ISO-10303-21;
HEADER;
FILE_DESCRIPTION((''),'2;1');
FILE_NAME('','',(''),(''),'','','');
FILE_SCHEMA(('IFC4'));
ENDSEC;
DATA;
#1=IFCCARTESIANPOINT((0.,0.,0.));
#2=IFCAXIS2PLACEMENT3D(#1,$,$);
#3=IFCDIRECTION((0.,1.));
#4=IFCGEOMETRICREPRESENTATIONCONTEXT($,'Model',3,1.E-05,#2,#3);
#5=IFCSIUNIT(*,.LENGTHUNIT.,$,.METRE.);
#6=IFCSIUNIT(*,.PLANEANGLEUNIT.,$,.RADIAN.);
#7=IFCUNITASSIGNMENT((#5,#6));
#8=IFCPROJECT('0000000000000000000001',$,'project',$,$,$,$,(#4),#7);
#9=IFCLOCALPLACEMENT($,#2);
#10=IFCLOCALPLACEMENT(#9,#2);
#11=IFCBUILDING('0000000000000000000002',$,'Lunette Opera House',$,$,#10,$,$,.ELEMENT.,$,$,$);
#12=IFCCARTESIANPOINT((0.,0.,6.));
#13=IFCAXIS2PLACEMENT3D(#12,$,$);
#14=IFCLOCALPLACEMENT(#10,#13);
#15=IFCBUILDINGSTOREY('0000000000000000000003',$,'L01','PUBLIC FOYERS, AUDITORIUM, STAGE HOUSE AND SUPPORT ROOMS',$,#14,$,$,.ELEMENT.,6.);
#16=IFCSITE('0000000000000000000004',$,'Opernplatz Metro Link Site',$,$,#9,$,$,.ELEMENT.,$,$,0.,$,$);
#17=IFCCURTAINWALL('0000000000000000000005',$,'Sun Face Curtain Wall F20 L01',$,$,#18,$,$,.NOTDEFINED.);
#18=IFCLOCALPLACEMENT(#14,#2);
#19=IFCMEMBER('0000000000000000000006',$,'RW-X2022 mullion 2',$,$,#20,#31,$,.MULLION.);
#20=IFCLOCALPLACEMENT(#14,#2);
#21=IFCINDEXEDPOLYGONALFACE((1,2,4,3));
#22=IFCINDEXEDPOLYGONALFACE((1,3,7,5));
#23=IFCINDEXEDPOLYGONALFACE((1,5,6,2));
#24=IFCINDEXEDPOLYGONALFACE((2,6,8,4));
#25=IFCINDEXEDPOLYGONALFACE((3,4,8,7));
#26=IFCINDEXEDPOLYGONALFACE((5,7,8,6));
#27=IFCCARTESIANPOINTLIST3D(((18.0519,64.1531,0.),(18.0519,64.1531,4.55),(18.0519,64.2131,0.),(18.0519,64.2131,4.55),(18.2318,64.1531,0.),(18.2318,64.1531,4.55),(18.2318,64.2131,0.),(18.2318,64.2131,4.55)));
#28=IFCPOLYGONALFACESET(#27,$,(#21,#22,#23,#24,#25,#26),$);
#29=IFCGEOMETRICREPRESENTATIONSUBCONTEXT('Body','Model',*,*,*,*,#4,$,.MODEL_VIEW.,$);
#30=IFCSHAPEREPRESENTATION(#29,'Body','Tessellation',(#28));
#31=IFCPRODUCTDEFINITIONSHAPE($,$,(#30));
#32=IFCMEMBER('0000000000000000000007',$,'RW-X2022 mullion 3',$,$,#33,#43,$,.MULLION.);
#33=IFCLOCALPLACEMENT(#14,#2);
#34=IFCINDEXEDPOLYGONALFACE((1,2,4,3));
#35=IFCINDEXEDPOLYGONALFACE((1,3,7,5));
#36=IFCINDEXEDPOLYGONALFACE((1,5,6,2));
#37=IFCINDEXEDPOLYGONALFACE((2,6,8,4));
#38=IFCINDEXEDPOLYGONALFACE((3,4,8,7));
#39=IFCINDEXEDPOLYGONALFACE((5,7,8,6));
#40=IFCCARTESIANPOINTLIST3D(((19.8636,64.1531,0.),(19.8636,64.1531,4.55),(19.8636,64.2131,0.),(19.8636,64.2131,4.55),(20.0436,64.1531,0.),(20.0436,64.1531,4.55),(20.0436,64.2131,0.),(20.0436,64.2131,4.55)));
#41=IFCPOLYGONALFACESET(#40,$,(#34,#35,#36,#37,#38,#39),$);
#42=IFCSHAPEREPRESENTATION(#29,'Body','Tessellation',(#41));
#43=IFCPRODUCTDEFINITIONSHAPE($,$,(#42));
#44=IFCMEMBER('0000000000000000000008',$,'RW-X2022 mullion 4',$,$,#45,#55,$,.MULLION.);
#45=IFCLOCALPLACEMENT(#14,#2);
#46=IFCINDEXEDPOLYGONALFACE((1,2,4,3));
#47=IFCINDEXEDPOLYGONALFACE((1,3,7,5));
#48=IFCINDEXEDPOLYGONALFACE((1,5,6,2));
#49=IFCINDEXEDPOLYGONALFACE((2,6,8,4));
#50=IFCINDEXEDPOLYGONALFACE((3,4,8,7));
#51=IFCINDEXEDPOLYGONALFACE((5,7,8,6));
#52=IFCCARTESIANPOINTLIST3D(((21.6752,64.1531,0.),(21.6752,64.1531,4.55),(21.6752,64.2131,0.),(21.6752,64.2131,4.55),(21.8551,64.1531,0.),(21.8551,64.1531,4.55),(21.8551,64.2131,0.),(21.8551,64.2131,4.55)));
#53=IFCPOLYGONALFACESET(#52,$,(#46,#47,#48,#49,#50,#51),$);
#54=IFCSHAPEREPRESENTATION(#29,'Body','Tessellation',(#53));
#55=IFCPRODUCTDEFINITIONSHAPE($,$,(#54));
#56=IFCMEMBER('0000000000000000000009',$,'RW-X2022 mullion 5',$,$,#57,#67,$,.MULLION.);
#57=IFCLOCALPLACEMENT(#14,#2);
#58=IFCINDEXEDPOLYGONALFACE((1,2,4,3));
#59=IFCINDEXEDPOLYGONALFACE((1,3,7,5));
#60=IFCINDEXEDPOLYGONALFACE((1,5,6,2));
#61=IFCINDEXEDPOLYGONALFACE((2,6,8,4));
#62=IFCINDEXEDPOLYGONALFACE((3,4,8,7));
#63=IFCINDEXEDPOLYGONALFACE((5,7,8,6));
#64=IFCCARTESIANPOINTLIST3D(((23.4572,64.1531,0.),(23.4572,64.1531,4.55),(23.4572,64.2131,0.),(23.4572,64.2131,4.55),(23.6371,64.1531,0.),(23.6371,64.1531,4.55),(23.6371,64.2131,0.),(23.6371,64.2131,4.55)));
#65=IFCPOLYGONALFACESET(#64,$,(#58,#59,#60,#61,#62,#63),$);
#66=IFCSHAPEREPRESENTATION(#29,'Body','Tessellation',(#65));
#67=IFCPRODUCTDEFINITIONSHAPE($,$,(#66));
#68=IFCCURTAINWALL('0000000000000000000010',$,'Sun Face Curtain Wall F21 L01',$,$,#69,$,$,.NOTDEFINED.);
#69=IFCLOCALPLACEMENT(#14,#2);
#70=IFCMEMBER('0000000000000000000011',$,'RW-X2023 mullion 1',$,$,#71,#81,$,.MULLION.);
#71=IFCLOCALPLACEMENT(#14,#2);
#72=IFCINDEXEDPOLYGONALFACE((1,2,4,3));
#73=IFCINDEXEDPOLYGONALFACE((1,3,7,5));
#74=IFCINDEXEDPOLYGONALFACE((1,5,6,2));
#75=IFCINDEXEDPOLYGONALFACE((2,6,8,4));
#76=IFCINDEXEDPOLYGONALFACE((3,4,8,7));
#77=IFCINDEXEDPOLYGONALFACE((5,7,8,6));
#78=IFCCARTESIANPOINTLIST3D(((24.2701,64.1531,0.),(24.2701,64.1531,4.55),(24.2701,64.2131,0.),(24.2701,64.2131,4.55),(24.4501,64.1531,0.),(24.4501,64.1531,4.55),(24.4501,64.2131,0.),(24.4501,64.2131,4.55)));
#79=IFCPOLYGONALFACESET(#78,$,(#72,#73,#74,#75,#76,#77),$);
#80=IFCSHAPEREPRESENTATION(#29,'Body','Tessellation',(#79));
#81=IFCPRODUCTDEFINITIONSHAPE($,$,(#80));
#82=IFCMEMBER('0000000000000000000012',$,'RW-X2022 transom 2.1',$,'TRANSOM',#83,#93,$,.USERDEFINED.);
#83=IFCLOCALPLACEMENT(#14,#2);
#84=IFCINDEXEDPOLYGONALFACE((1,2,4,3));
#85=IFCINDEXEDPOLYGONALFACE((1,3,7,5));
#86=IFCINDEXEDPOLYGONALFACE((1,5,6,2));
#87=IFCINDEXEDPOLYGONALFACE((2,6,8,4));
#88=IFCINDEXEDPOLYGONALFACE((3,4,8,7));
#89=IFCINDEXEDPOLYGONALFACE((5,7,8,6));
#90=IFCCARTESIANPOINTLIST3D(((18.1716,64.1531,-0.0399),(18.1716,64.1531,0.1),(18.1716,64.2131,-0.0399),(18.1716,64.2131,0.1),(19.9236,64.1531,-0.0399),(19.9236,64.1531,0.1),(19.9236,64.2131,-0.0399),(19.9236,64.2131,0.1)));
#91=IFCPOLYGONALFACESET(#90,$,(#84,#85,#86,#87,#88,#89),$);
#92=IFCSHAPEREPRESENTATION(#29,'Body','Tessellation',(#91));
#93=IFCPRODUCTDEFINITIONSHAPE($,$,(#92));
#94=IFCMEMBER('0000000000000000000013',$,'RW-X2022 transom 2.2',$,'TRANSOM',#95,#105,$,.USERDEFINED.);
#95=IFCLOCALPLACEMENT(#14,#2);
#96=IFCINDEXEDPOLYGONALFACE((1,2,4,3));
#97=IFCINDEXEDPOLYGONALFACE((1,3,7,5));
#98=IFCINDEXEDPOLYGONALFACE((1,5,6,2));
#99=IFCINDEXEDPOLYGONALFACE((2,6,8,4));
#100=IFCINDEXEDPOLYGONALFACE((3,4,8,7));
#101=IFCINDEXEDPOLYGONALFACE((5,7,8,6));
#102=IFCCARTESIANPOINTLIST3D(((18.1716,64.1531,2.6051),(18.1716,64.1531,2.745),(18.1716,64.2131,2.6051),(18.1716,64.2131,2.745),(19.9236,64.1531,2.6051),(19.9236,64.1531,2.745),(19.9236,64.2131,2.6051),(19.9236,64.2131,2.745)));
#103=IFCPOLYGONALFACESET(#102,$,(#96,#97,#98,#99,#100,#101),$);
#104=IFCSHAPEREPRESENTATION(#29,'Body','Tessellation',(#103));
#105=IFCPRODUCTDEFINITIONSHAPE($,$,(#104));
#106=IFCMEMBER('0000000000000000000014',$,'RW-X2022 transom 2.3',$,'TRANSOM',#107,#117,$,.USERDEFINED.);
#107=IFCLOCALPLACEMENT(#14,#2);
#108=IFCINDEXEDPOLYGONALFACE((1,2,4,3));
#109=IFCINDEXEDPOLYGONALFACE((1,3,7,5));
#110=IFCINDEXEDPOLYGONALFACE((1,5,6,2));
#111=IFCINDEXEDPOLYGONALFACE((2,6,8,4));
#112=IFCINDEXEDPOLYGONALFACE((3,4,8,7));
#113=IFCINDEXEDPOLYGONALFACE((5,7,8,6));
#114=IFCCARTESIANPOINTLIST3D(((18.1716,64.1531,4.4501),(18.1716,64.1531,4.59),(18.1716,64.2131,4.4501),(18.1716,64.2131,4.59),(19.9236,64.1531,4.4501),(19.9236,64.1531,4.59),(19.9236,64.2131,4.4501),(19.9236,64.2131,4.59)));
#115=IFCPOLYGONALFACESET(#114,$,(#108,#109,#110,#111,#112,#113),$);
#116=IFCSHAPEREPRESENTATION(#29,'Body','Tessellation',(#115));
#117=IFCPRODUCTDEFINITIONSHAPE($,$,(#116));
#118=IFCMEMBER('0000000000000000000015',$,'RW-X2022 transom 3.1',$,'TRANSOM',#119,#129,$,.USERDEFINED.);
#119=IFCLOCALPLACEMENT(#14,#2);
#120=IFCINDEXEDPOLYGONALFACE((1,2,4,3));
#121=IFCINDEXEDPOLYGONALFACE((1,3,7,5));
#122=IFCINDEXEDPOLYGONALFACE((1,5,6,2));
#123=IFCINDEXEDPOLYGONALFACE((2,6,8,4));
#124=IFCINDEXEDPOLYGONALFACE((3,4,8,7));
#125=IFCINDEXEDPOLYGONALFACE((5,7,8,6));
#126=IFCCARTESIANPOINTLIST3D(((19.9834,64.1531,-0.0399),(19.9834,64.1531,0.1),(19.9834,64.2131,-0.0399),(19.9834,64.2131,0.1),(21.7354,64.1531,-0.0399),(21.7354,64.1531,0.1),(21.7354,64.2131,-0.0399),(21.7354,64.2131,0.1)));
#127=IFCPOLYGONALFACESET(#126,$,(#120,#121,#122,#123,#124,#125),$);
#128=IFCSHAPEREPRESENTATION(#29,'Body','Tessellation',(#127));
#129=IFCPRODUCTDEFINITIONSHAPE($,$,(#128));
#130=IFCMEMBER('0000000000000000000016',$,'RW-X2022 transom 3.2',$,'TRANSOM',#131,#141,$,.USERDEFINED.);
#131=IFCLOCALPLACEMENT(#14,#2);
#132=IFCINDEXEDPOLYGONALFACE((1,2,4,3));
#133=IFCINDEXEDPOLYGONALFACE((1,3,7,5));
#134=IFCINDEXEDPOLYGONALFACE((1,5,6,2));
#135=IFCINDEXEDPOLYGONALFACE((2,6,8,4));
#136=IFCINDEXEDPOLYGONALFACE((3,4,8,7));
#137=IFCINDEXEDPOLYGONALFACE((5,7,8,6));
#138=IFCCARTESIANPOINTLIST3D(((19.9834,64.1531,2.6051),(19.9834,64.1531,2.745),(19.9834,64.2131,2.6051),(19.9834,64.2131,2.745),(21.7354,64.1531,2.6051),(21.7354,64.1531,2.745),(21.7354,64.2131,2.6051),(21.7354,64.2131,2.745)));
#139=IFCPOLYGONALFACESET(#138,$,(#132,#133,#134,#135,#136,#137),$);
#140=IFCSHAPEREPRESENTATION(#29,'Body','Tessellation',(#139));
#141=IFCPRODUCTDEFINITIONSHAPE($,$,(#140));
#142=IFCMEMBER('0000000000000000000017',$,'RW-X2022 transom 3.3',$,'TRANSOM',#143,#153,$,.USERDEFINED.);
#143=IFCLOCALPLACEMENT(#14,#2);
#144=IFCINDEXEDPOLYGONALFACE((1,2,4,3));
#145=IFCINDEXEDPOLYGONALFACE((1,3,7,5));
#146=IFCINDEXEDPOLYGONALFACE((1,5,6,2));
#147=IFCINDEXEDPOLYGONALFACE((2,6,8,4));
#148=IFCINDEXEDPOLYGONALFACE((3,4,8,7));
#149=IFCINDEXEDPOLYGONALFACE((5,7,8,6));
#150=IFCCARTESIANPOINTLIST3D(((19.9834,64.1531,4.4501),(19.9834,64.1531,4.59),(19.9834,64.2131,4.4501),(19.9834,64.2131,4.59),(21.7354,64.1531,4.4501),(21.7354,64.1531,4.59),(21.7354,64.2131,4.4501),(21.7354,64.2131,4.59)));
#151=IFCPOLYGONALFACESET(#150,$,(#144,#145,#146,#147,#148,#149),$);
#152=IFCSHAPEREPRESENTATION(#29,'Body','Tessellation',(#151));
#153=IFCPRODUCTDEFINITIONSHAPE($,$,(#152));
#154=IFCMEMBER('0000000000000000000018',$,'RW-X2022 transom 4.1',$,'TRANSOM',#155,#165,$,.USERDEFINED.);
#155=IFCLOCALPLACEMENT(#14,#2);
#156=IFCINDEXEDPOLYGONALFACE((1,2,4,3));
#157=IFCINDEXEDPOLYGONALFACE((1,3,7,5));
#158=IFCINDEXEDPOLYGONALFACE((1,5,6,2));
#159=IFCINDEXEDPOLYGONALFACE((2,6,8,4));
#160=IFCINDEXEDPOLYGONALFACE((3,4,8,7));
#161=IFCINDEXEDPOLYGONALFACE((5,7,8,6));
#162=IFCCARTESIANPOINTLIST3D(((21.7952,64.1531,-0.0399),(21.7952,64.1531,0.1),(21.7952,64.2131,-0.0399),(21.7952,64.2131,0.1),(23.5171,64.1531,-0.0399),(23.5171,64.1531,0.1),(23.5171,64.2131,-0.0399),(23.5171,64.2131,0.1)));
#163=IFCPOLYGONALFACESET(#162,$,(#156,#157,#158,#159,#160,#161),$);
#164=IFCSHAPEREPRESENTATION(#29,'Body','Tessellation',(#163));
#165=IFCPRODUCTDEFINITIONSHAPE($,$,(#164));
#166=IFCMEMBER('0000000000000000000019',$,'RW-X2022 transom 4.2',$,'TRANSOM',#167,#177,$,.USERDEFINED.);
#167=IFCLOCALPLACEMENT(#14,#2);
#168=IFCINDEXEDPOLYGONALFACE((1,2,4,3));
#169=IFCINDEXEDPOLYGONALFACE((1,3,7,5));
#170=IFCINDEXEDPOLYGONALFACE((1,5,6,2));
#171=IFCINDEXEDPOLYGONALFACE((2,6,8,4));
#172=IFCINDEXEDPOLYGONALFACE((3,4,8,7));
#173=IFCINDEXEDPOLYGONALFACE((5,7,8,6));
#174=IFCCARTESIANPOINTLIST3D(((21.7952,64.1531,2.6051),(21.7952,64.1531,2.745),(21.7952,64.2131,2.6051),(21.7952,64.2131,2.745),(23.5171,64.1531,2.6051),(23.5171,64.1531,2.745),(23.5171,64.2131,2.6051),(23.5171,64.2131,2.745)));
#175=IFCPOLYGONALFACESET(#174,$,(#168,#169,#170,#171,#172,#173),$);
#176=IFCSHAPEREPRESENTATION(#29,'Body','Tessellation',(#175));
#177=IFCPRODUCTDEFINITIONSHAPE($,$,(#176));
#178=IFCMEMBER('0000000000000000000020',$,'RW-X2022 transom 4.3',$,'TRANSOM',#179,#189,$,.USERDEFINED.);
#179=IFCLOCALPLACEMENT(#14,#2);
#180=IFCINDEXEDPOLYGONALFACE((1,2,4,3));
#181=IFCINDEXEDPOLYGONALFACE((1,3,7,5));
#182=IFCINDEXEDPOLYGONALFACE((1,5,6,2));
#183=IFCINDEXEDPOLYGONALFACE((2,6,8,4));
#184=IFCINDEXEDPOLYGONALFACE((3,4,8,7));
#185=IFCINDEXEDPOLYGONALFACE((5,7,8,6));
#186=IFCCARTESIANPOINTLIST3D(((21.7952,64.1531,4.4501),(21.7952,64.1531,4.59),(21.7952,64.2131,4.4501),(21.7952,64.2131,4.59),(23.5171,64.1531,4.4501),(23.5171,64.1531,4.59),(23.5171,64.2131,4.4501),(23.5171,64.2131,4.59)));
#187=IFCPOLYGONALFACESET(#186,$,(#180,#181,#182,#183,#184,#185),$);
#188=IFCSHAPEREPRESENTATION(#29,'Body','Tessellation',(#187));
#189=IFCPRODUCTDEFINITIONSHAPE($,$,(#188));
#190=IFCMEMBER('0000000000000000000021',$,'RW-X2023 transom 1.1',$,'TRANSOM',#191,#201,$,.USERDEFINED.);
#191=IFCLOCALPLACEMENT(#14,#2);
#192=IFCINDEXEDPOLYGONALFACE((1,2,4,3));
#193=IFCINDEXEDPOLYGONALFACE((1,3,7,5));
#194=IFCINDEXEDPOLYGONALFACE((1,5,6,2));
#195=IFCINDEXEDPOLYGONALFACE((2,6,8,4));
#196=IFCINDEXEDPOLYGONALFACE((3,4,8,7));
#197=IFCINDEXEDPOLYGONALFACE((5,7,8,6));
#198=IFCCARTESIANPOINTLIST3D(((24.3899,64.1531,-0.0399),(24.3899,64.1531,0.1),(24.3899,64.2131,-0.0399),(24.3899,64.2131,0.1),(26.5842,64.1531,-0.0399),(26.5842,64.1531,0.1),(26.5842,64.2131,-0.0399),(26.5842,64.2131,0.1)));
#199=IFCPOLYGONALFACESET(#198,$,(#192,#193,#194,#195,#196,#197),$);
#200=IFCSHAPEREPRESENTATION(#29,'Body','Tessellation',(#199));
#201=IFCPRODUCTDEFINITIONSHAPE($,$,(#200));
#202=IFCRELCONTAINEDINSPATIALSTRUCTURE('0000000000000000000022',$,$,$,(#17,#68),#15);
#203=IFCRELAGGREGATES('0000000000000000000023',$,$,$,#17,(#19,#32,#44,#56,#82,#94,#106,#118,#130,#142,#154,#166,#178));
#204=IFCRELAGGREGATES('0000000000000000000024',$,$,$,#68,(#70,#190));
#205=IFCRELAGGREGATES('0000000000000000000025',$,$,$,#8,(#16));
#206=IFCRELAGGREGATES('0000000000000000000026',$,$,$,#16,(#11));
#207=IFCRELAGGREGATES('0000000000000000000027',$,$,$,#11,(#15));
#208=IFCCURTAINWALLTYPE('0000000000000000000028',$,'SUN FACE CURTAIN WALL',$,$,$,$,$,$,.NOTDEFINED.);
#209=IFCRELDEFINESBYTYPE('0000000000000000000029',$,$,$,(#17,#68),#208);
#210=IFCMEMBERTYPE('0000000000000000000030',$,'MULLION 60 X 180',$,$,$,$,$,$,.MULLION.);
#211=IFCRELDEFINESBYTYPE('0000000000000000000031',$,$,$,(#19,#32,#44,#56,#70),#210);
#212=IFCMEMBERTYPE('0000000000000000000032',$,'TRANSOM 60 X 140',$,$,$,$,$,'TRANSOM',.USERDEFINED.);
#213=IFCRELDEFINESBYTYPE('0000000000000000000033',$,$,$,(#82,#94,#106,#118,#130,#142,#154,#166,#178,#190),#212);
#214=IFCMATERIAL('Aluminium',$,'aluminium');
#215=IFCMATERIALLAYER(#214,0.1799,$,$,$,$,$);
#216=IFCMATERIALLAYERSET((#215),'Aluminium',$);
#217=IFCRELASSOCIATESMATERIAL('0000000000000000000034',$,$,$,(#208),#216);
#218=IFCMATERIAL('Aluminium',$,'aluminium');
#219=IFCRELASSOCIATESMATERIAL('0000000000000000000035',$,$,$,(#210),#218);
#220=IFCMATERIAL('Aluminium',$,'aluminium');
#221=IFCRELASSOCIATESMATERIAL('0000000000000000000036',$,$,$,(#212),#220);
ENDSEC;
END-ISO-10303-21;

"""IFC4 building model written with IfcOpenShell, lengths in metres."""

from ifc_helpers import new_model, si_unit, direction, frame, origin, origin_2d, place, context, subcontext, project, spatial, rectangle, extrude, material, layer, layer_set, material_profile, profile_set, type_object, element, aggregate, save


model = new_model("IFC4")

# Units and contexts
model_context = context("Model", 3, precision=1e-05, world=origin(), true_north=direction((0.0, 1.0)))
body_context = subcontext(model_context, "Body", "Model", "MODEL_VIEW")
ifc_project = project(units=[si_unit("LENGTHUNIT", "METRE"), si_unit("PLANEANGLEUNIT", "RADIAN")], contexts=[model_context])

# Site, building, storey
site_placement = place(None, origin())
site = spatial("IfcSite", under=ifc_project, at=site_placement, Name="Opernplatz Metro Link Site", CompositionType="ELEMENT", RefElevation=0.0)
building_placement = place(site_placement, origin())
building = spatial("IfcBuilding", under=site, at=building_placement, Name="Lunette Opera House", CompositionType="ELEMENT")
storey_placement = place(building_placement, frame((0.0, 0.0, 6.0)))
storey = spatial("IfcBuildingStorey", under=building, at=storey_placement, Name="L01", Description="PUBLIC FOYERS, AUDITORIUM, STAGE HOUSE AND SUPPORT ROOMS", CompositionType="ELEMENT", Elevation=6.0)

# Curtain wall, members
ifc_material_1 = material(Name="Aluminium", Category="aluminium")
ifc_layer_1 = layer(ifc_material_1, 0.1799)
ifc_layer_set_1 = layer_set([ifc_layer_1], Name="Aluminium")
curtain_wall_type = type_object("IfcCurtainWallType", Name="SUN FACE CURTAIN WALL", PredefinedType="NOTDEFINED", material=ifc_layer_set_1)
curtain_wall_1_placement = place(storey_placement, origin())
curtain_wall_1 = element("IfcCurtainWall", 1, at=curtain_wall_1_placement, inside=storey, type_object=curtain_wall_type, Name="Sun Face Curtain Wall F20 L01", PredefinedType="NOTDEFINED")
ifc_material_2 = material(Name="Aluminium", Category="aluminium")
ifc_material_profile_1 = material_profile(ifc_material_2, rectangle(XDim=0.0601, YDim=0.1799, at=origin_2d()), Name="MULLION 60 X 180")
ifc_profile_set_1 = profile_set([ifc_material_profile_1], Name="Aluminium")
member_type_1 = type_object("IfcMemberType", Name="MULLION 60 X 180", PredefinedType="MULLION", material=ifc_profile_set_1)
member_1_placement = place(storey_placement, frame((18.1418, 64.1831, 0.0), z_axis=(0.0, 0.0, 1.0), x_axis=(0.0, 1.0, 0.0)))
member_1 = element("IfcMember", 2, at=member_1_placement, type_object=member_type_1, Name="RW-X2022 mullion 2", PredefinedType="MULLION", context=body_context, shape_type="SweptSolid", body=[
    extrude(rectangle(XDim=0.0601, YDim=0.1799, at=origin_2d()), origin(), (0.0, 0.0, 1.0), 4.55),
])
member_2_placement = place(storey_placement, frame((19.9536, 64.1831, 0.0), z_axis=(0.0, 0.0, 1.0), x_axis=(0.0, 1.0, 0.0)))
member_2 = element("IfcMember", 3, at=member_2_placement, type_object=member_type_1, Name="RW-X2022 mullion 3", PredefinedType="MULLION", context=body_context, shape_type="SweptSolid", body=[
    extrude(rectangle(XDim=0.0601, YDim=0.1799, at=origin_2d()), origin(), (0.0, 0.0, 1.0), 4.55),
])
member_3_placement = place(storey_placement, frame((21.7651, 64.1831, 0.0), z_axis=(0.0, 0.0, 1.0), x_axis=(0.0, 1.0, 0.0)))
member_3 = element("IfcMember", 4, at=member_3_placement, type_object=member_type_1, Name="RW-X2022 mullion 4", PredefinedType="MULLION", context=body_context, shape_type="SweptSolid", body=[
    extrude(rectangle(XDim=0.0601, YDim=0.1799, at=origin_2d()), origin(), (0.0, 0.0, 1.0), 4.55),
])
member_4_placement = place(storey_placement, frame((23.5471, 64.1831, 0.0), z_axis=(0.0, 0.0, 1.0), x_axis=(0.0, 1.0, 0.0)))
member_4 = element("IfcMember", 5, at=member_4_placement, type_object=member_type_1, Name="RW-X2022 mullion 5", PredefinedType="MULLION", context=body_context, shape_type="SweptSolid", body=[
    extrude(rectangle(XDim=0.0601, YDim=0.1799, at=origin_2d()), origin(), (0.0, 0.0, 1.0), 4.55),
])

# Curtain wall, member
curtain_wall_2_placement = place(storey_placement, origin())
curtain_wall_2 = element("IfcCurtainWall", 6, at=curtain_wall_2_placement, inside=storey, type_object=curtain_wall_type, Name="Sun Face Curtain Wall F21 L01", PredefinedType="NOTDEFINED")
member_5_placement = place(storey_placement, frame((24.3601, 64.1831, 0.0), z_axis=(0.0, 0.0, 1.0), x_axis=(0.0, 1.0, 0.0)))
member_5 = element("IfcMember", 7, at=member_5_placement, type_object=member_type_1, Name="RW-X2023 mullion 1", PredefinedType="MULLION", context=body_context, shape_type="SweptSolid", body=[
    extrude(rectangle(XDim=0.0601, YDim=0.1799, at=origin_2d()), origin(), (0.0, 0.0, 1.0), 4.55),
])

# Members
ifc_material_3 = material(Name="Aluminium", Category="aluminium")
ifc_material_profile_2 = material_profile(ifc_material_3, rectangle(XDim=0.0601, YDim=0.1399, at=origin_2d()), Name="TRANSOM 60 X 140")
ifc_profile_set_2 = profile_set([ifc_material_profile_2], Name="Aluminium")
member_type_2 = type_object("IfcMemberType", Name="TRANSOM 60 X 140", ElementType="TRANSOM", PredefinedType="USERDEFINED", material=ifc_profile_set_2)
member_6_placement = place(storey_placement, frame((18.1716, 64.1831, 0.03), z_axis=(1.0, 0.0, 0.0), x_axis=(0.0, 1.0, 0.0)))
member_6 = element("IfcMember", 8, at=member_6_placement, type_object=member_type_2, Name="RW-X2022 transom 2.1", ObjectType="TRANSOM", PredefinedType="USERDEFINED", context=body_context, shape_type="SweptSolid", body=[
    extrude(rectangle(XDim=0.0601, YDim=0.1399, at=origin_2d()), origin(), (0.0, 0.0, 1.0), 1.752),
])
member_7_placement = place(storey_placement, frame((18.1716, 64.1831, 2.675), z_axis=(1.0, 0.0, 0.0), x_axis=(0.0, 1.0, 0.0)))
member_7 = element("IfcMember", 9, at=member_7_placement, type_object=member_type_2, Name="RW-X2022 transom 2.2", ObjectType="TRANSOM", PredefinedType="USERDEFINED", context=body_context, shape_type="SweptSolid", body=[
    extrude(rectangle(XDim=0.0601, YDim=0.1399, at=origin_2d()), origin(), (0.0, 0.0, 1.0), 1.752),
])
member_8_placement = place(storey_placement, frame((18.1716, 64.1831, 4.52), z_axis=(1.0, 0.0, 0.0), x_axis=(0.0, 1.0, 0.0)))
member_8 = element("IfcMember", 10, at=member_8_placement, type_object=member_type_2, Name="RW-X2022 transom 2.3", ObjectType="TRANSOM", PredefinedType="USERDEFINED", context=body_context, shape_type="SweptSolid", body=[
    extrude(rectangle(XDim=0.0601, YDim=0.1399, at=origin_2d()), origin(), (0.0, 0.0, 1.0), 1.752),
])
member_9_placement = place(storey_placement, frame((19.9834, 64.1831, 0.03), z_axis=(1.0, 0.0, 0.0), x_axis=(0.0, 1.0, 0.0)))
member_9 = element("IfcMember", 11, at=member_9_placement, type_object=member_type_2, Name="RW-X2022 transom 3.1", ObjectType="TRANSOM", PredefinedType="USERDEFINED", context=body_context, shape_type="SweptSolid", body=[
    extrude(rectangle(XDim=0.0601, YDim=0.1399, at=origin_2d()), origin(), (0.0, 0.0, 1.0), 1.752),
])
member_10_placement = place(storey_placement, frame((19.9834, 64.1831, 2.675), z_axis=(1.0, 0.0, 0.0), x_axis=(0.0, 1.0, 0.0)))
member_10 = element("IfcMember", 12, at=member_10_placement, type_object=member_type_2, Name="RW-X2022 transom 3.2", ObjectType="TRANSOM", PredefinedType="USERDEFINED", context=body_context, shape_type="SweptSolid", body=[
    extrude(rectangle(XDim=0.0601, YDim=0.1399, at=origin_2d()), origin(), (0.0, 0.0, 1.0), 1.752),
])
member_11_placement = place(storey_placement, frame((19.9834, 64.1831, 4.52), z_axis=(1.0, 0.0, 0.0), x_axis=(0.0, 1.0, 0.0)))
member_11 = element("IfcMember", 13, at=member_11_placement, type_object=member_type_2, Name="RW-X2022 transom 3.3", ObjectType="TRANSOM", PredefinedType="USERDEFINED", context=body_context, shape_type="SweptSolid", body=[
    extrude(rectangle(XDim=0.0601, YDim=0.1399, at=origin_2d()), origin(), (0.0, 0.0, 1.0), 1.752),
])
member_12_placement = place(storey_placement, frame((21.7952, 64.1831, 0.03), z_axis=(1.0, 0.0, 0.0), x_axis=(0.0, 1.0, 0.0)))
member_12 = element("IfcMember", 14, at=member_12_placement, type_object=member_type_2, Name="RW-X2022 transom 4.1", ObjectType="TRANSOM", PredefinedType="USERDEFINED", context=body_context, shape_type="SweptSolid", body=[
    extrude(rectangle(XDim=0.0601, YDim=0.1399, at=origin_2d()), origin(), (0.0, 0.0, 1.0), 1.7219),
])
member_13_placement = place(storey_placement, frame((21.7952, 64.1831, 2.675), z_axis=(1.0, 0.0, 0.0), x_axis=(0.0, 1.0, 0.0)))
member_13 = element("IfcMember", 15, at=member_13_placement, type_object=member_type_2, Name="RW-X2022 transom 4.2", ObjectType="TRANSOM", PredefinedType="USERDEFINED", context=body_context, shape_type="SweptSolid", body=[
    extrude(rectangle(XDim=0.0601, YDim=0.1399, at=origin_2d()), origin(), (0.0, 0.0, 1.0), 1.7219),
])
member_14_placement = place(storey_placement, frame((21.7952, 64.1831, 4.52), z_axis=(1.0, 0.0, 0.0), x_axis=(0.0, 1.0, 0.0)))
member_14 = element("IfcMember", 16, at=member_14_placement, type_object=member_type_2, Name="RW-X2022 transom 4.3", ObjectType="TRANSOM", PredefinedType="USERDEFINED", context=body_context, shape_type="SweptSolid", body=[
    extrude(rectangle(XDim=0.0601, YDim=0.1399, at=origin_2d()), origin(), (0.0, 0.0, 1.0), 1.7219),
])
member_15_placement = place(storey_placement, frame((24.3899, 64.1831, 0.03), z_axis=(1.0, 0.0, 0.0), x_axis=(0.0, 1.0, 0.0)))
member_15 = element("IfcMember", 17, at=member_15_placement, type_object=member_type_2, Name="RW-X2023 transom 1.1", ObjectType="TRANSOM", PredefinedType="USERDEFINED", context=body_context, shape_type="SweptSolid", body=[
    extrude(rectangle(XDim=0.0601, YDim=0.1399, at=origin_2d()), origin(), (0.0, 0.0, 1.0), 2.1943),
])

aggregate(curtain_wall_1, [member_1, member_2, member_3, member_4, member_6, member_7, member_8, member_9, member_10, member_11, member_12, member_13, member_14])
aggregate(curtain_wall_2, [member_5, member_15])

save(model, "model.ifc")
